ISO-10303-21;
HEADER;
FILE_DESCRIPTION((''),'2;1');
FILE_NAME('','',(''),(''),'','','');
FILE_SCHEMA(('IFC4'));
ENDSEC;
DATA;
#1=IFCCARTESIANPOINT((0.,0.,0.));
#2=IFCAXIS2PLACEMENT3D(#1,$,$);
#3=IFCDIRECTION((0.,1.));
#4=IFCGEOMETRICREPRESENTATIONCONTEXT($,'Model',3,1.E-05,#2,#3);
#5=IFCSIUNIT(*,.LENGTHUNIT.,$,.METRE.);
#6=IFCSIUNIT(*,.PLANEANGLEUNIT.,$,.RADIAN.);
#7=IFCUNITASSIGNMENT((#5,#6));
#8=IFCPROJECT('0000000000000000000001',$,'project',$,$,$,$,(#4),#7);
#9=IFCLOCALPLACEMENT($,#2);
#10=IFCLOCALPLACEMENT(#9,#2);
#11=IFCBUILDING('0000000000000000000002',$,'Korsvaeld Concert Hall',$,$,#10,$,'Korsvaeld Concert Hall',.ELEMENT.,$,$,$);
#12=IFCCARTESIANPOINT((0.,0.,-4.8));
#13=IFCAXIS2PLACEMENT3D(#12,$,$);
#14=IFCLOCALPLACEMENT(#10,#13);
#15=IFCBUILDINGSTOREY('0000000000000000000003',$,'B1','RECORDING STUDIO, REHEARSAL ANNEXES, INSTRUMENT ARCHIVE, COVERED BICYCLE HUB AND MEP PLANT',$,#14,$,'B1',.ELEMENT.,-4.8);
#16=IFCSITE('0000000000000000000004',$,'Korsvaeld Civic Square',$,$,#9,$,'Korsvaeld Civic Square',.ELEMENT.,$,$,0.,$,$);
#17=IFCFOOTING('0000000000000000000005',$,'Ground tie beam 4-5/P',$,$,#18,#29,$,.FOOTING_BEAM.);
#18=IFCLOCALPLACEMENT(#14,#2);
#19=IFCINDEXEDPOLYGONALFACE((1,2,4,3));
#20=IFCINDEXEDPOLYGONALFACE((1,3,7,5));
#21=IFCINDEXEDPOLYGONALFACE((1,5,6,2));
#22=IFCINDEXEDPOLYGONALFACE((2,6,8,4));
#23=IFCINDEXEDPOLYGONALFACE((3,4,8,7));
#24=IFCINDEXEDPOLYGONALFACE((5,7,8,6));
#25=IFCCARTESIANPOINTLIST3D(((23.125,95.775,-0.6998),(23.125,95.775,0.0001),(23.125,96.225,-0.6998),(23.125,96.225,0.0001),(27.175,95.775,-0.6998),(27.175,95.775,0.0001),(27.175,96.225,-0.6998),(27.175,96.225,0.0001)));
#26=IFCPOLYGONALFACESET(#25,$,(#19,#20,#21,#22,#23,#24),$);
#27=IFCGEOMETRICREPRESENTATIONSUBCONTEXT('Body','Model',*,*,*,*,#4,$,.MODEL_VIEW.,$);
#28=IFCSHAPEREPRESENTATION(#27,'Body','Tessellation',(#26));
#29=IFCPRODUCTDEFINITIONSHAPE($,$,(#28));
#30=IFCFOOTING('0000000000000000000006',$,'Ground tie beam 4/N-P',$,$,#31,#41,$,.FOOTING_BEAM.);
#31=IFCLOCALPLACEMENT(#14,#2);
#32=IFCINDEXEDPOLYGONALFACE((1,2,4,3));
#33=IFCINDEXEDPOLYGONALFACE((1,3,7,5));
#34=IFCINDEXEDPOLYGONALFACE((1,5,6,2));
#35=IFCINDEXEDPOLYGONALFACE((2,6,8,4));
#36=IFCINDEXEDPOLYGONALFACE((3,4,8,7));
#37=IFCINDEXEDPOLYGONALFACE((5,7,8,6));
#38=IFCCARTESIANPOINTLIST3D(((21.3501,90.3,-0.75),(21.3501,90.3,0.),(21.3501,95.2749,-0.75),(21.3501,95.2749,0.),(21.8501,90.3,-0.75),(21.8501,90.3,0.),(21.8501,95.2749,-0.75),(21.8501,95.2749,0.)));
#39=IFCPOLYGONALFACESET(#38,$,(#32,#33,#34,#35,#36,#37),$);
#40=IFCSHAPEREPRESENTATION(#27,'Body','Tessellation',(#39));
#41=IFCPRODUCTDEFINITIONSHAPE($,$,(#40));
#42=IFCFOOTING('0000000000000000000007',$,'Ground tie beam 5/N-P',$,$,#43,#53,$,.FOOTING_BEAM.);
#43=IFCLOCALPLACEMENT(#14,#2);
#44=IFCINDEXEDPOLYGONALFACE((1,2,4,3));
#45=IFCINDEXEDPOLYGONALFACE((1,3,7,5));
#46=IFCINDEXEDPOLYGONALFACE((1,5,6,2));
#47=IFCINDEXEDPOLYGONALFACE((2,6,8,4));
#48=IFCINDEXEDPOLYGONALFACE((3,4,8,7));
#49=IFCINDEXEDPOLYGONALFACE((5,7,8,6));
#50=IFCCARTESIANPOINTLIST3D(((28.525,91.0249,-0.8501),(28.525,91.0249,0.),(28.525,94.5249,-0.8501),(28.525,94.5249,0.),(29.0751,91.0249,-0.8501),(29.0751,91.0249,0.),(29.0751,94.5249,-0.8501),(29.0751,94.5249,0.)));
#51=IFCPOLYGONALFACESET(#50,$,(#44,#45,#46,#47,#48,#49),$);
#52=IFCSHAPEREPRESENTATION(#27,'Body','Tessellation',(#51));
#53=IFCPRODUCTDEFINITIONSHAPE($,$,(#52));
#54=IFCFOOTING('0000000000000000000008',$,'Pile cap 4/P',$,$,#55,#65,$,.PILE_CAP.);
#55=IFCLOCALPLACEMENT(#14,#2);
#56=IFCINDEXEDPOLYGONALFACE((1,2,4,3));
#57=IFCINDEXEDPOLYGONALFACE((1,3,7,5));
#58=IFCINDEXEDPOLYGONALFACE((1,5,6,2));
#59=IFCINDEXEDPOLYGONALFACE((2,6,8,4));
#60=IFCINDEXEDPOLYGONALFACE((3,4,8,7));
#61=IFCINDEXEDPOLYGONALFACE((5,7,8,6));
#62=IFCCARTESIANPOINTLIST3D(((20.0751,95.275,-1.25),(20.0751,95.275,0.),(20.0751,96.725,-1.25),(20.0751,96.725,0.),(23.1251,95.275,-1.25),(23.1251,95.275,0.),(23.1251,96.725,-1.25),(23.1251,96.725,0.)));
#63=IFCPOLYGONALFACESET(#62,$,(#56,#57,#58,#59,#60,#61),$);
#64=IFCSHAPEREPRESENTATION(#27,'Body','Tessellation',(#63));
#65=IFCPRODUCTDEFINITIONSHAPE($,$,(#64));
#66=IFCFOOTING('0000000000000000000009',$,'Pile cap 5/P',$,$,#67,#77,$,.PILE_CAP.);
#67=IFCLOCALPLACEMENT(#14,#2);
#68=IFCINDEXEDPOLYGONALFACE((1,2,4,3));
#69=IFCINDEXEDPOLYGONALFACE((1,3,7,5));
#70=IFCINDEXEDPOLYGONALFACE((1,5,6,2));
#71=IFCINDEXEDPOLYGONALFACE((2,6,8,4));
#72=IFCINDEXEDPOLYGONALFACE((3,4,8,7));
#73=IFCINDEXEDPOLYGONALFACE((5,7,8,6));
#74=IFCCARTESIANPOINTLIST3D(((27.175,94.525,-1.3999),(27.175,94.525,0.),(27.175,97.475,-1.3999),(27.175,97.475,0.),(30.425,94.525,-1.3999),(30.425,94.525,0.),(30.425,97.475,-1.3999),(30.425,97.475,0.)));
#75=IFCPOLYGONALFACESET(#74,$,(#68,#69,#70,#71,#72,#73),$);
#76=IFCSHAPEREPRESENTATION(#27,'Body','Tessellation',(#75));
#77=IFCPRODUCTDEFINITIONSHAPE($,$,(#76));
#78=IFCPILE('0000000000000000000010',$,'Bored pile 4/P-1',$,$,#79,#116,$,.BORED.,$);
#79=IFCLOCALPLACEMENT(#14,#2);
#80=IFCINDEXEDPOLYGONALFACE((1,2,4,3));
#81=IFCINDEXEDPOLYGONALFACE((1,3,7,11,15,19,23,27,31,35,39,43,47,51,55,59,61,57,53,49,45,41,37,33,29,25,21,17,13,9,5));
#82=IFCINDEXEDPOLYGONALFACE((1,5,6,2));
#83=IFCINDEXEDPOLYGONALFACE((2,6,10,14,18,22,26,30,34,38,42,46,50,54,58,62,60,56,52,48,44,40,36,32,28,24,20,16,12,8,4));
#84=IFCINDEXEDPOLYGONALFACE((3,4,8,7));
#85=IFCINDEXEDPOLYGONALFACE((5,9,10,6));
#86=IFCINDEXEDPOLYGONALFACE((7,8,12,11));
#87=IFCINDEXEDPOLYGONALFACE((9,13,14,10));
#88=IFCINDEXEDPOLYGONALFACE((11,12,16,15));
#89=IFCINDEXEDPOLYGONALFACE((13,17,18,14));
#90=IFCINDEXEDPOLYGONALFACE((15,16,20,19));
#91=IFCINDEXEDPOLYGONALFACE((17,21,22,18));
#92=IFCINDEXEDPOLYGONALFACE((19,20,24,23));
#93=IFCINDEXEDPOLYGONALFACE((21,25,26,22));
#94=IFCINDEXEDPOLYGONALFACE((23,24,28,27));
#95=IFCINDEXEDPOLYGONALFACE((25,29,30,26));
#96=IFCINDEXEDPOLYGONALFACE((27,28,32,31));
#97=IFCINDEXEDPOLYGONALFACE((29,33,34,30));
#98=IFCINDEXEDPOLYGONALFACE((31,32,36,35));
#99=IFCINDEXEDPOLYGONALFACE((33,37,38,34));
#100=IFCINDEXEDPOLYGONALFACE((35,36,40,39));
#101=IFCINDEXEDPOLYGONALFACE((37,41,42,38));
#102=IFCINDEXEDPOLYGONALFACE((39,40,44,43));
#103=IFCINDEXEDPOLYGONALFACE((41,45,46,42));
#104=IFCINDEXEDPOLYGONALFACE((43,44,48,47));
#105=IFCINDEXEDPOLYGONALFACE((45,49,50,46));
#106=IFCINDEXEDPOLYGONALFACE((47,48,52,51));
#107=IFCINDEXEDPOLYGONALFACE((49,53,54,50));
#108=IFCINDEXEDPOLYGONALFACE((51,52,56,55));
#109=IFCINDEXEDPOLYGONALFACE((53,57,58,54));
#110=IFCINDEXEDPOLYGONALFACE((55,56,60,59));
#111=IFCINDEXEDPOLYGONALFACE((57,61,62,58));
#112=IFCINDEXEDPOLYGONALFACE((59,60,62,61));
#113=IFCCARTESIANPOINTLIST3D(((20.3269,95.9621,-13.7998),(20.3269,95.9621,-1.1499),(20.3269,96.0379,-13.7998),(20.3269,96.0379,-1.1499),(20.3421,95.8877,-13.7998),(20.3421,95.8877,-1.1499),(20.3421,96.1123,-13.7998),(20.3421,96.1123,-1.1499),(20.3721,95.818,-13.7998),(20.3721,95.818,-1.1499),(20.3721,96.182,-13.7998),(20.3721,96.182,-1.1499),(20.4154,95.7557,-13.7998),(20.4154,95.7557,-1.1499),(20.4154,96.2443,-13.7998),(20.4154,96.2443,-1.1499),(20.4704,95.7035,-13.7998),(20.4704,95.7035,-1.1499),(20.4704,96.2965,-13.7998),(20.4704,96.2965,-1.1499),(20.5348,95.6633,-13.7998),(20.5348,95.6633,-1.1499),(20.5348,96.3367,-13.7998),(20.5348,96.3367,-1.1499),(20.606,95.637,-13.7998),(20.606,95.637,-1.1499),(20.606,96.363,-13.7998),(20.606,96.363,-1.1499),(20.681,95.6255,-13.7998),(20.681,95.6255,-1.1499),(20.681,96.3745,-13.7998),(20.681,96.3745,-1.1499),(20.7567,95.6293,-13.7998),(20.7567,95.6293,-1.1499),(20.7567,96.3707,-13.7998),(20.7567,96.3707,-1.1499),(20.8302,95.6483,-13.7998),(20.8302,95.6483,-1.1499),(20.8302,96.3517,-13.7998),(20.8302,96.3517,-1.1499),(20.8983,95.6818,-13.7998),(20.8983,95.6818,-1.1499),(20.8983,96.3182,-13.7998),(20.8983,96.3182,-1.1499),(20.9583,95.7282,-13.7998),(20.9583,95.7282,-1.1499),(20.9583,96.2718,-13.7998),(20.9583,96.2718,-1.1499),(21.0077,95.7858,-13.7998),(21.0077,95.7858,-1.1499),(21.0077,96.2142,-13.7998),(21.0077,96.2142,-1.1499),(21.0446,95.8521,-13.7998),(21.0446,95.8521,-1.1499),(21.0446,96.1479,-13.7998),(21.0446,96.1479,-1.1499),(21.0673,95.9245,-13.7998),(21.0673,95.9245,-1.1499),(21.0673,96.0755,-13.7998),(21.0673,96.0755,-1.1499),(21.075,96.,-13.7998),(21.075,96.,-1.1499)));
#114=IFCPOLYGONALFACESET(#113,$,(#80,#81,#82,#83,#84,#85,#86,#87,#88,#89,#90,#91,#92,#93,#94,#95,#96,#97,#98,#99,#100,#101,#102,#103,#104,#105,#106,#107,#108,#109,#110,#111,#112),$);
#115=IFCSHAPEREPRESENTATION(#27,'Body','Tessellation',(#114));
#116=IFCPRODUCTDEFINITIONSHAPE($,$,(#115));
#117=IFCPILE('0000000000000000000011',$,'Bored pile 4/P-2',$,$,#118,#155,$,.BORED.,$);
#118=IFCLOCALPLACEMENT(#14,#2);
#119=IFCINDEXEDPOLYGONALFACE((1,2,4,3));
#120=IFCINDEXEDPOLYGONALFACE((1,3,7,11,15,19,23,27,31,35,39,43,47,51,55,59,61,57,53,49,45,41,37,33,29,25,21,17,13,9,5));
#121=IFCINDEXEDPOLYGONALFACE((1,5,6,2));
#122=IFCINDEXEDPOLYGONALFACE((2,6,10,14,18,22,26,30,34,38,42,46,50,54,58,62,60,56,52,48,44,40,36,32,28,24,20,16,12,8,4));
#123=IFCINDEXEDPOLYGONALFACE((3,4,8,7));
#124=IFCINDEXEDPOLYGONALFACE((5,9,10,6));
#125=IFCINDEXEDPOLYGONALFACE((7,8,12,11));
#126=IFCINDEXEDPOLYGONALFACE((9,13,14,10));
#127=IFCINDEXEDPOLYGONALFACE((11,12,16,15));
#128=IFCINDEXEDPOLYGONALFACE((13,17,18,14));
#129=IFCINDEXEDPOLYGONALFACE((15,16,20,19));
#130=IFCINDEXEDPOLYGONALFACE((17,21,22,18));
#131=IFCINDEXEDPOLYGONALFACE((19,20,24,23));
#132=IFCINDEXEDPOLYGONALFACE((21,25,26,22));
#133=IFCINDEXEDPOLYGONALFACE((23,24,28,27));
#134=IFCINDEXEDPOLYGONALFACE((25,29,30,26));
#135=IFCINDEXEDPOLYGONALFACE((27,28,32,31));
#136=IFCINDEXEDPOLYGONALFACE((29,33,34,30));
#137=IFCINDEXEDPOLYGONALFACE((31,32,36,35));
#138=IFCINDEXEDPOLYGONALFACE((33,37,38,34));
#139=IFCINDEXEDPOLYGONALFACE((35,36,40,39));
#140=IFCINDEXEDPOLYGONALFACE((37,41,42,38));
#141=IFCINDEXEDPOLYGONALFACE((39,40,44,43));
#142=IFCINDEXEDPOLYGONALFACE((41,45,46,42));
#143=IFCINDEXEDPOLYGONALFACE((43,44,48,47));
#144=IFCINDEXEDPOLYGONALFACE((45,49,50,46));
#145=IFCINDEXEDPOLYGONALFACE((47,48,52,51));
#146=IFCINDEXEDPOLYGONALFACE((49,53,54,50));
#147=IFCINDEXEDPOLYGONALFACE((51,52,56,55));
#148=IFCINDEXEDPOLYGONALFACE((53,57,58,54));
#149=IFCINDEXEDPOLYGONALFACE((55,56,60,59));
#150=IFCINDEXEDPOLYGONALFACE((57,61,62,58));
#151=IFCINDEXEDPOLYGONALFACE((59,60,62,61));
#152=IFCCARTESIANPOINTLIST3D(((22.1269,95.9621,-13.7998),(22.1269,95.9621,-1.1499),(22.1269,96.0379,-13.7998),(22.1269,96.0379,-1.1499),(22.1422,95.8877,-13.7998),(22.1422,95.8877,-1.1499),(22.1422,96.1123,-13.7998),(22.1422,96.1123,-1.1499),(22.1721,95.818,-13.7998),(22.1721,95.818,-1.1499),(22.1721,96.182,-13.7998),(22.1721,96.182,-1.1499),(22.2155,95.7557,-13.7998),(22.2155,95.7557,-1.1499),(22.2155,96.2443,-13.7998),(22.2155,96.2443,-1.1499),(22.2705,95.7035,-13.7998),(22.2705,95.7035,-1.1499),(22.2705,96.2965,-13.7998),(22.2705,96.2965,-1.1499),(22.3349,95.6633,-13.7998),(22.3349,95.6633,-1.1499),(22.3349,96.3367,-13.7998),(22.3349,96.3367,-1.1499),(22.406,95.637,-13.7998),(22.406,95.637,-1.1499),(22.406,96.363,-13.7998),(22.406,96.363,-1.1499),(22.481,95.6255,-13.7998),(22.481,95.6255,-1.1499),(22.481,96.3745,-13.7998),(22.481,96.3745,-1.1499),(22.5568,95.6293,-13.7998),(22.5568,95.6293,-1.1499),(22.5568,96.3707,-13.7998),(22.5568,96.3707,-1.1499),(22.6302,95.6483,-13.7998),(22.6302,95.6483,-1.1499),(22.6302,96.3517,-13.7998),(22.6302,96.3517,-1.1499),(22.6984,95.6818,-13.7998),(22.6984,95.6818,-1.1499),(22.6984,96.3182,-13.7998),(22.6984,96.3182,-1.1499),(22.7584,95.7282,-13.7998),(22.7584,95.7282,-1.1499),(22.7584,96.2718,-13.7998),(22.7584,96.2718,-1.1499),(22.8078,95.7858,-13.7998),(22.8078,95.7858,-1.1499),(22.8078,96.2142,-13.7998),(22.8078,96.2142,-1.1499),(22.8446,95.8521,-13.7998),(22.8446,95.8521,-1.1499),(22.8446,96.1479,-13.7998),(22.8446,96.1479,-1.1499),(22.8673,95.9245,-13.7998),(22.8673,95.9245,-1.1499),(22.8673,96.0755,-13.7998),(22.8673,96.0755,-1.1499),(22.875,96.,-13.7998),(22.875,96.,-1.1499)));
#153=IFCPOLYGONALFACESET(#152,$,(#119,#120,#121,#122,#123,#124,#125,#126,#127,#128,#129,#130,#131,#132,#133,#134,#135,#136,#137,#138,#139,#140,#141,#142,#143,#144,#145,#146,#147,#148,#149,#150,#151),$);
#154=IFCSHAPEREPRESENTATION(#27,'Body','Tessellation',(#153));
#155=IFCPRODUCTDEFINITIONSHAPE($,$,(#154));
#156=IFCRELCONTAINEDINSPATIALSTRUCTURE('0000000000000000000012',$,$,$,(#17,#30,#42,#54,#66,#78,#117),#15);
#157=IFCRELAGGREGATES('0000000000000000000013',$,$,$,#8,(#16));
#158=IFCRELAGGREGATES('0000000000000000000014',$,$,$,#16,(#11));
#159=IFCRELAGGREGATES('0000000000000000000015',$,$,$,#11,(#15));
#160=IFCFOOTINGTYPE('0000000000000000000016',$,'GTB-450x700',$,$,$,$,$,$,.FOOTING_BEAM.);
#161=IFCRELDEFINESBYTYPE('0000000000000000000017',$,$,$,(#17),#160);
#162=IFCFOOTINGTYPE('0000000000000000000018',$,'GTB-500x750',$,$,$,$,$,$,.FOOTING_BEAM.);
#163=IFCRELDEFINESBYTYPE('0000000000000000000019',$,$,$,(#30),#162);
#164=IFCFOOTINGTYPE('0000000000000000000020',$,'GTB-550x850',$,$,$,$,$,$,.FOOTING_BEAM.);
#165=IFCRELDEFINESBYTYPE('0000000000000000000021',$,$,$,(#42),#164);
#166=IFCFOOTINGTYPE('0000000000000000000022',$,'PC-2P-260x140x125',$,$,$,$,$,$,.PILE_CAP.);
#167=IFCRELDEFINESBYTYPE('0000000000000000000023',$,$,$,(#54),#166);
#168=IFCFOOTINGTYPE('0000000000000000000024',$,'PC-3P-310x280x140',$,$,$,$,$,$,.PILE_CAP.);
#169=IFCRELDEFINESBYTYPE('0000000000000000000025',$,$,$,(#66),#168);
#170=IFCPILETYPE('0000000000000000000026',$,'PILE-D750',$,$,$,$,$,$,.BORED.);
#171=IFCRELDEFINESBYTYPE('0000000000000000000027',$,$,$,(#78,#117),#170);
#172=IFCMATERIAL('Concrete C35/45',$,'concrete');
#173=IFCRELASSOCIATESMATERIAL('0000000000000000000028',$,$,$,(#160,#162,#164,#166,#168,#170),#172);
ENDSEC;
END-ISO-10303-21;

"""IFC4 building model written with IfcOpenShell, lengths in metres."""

from ifc_helpers import new_model, si_unit, direction, frame, origin, origin_2d, place, context, subcontext, project, spatial, rectangle, circle, extrude, material, material_profile, profile_set, type_object, element, save


model = new_model("IFC4")

# Units and contexts
model_context = context("Model", 3, precision=1e-05, world=origin(), true_north=direction((0.0, 1.0)))
body_context = subcontext(model_context, "Body", "Model", "MODEL_VIEW")
ifc_project = project(units=[si_unit("LENGTHUNIT", "METRE"), si_unit("PLANEANGLEUNIT", "RADIAN")], contexts=[model_context])

# Site, building, storey
site_placement = place(None, origin())
site = spatial("IfcSite", under=ifc_project, at=site_placement, Name="Korsvaeld Civic Square", LongName="Korsvaeld Civic Square", CompositionType="ELEMENT", RefElevation=0.0)
building_placement = place(site_placement, origin())
building = spatial("IfcBuilding", under=site, at=building_placement, Name="Korsvaeld Concert Hall", LongName="Korsvaeld Concert Hall", CompositionType="ELEMENT")
storey_placement = place(building_placement, frame((0.0, 0.0, -4.8)))
storey = spatial("IfcBuildingStorey", under=building, at=storey_placement, Name="B1", Description="RECORDING STUDIO, REHEARSAL ANNEXES, INSTRUMENT ARCHIVE, COVERED BICYCLE HUB AND MEP PLANT", LongName="B1", CompositionType="ELEMENT", Elevation=-4.8)

# Footings
ifc_material_1 = material(Name="Concrete C35/45", Category="concrete")
ifc_material_profile_1 = material_profile(ifc_material_1, rectangle(XDim=0.45, YDim=0.7, at=origin_2d()), Name="GTB 450x700")
ifc_profile_set_1 = profile_set([ifc_material_profile_1], Name="Concrete C35/45")
footing_type_1 = type_object("IfcFootingType", Name="GTB-450x700", PredefinedType="FOOTING_BEAM", material=ifc_profile_set_1)
footing_1_placement = place(storey_placement, frame((23.125, 96.0, -0.3499), z_axis=(1.0, 0.0, 0.0), x_axis=(0.0, 1.0, 0.0)))
element("IfcFooting", 1, at=footing_1_placement, inside=storey, type_object=footing_type_1, Name="Ground tie beam 4-5/P", PredefinedType="FOOTING_BEAM", context=body_context, shape_type="SweptSolid", body=[
    extrude(rectangle(XDim=0.45, YDim=0.7, at=origin_2d()), origin(), (0.0, 0.0, 1.0), 4.05),
])
ifc_material_profile_2 = material_profile(ifc_material_1, rectangle(XDim=0.5, YDim=0.75, at=origin_2d()), Name="GTB 500x750")
ifc_profile_set_2 = profile_set([ifc_material_profile_2], Name="Concrete C35/45")
footing_type_2 = type_object("IfcFootingType", Name="GTB-500x750", PredefinedType="FOOTING_BEAM", material=ifc_profile_set_2)
footing_2_placement = place(storey_placement, frame((21.6001, 90.3, -0.375), z_axis=(0.0, 1.0, 0.0), x_axis=(-1.0, 0.0, 0.0)))
element("IfcFooting", 2, at=footing_2_placement, inside=storey, type_object=footing_type_2, Name="Ground tie beam 4/N-P", PredefinedType="FOOTING_BEAM", context=body_context, shape_type="SweptSolid", body=[
    extrude(rectangle(XDim=0.5, YDim=0.75, at=origin_2d()), origin(), (0.0, 0.0, 1.0), 4.9749),
])
ifc_material_profile_3 = material_profile(ifc_material_1, rectangle(XDim=0.55, YDim=0.8501, at=origin_2d()), Name="GTB 550x850")
ifc_profile_set_3 = profile_set([ifc_material_profile_3], Name="Concrete C35/45")
footing_type_3 = type_object("IfcFootingType", Name="GTB-550x850", PredefinedType="FOOTING_BEAM", material=ifc_profile_set_3)
footing_3_placement = place(storey_placement, frame((28.8, 91.0249, -0.425), z_axis=(0.0, 1.0, 0.0), x_axis=(-1.0, 0.0, 0.0)))
element("IfcFooting", 3, at=footing_3_placement, inside=storey, type_object=footing_type_3, Name="Ground tie beam 5/N-P", PredefinedType="FOOTING_BEAM", context=body_context, shape_type="SweptSolid", body=[
    extrude(rectangle(XDim=0.55, YDim=0.8501, at=origin_2d()), origin(), (0.0, 0.0, 1.0), 3.5),
])
footing_type_4 = type_object("IfcFootingType", Name="PC-2P-260x140x125", PredefinedType="PILE_CAP", material=ifc_material_1)
footing_4_placement = place(storey_placement, frame((21.6001, 96.0, -1.25), z_axis=(0.0, 0.0, 1.0), x_axis=(1.0, 0.0, 0.0)))
element("IfcFooting", 4, at=footing_4_placement, inside=storey, type_object=footing_type_4, Name="Pile cap 4/P", PredefinedType="PILE_CAP", context=body_context, shape_type="SweptSolid", body=[
    extrude(rectangle(XDim=3.05, YDim=1.45, at=origin_2d()), origin(), (0.0, 0.0, 1.0), 1.25),
])
footing_type_5 = type_object("IfcFootingType", Name="PC-3P-310x280x140", PredefinedType="PILE_CAP", material=ifc_material_1)
footing_5_placement = place(storey_placement, frame((28.8, 96.0, -1.3999), z_axis=(0.0, 0.0, 1.0), x_axis=(1.0, 0.0, 0.0)))
element("IfcFooting", 5, at=footing_5_placement, inside=storey, type_object=footing_type_5, Name="Pile cap 5/P", PredefinedType="PILE_CAP", context=body_context, shape_type="SweptSolid", body=[
    extrude(rectangle(XDim=3.25, YDim=2.95, at=origin_2d()), origin(), (0.0, 0.0, 1.0), 1.3999),
])

# Piles
ifc_material_profile_4 = material_profile(ifc_material_1, circle(Radius=0.375, at=origin_2d()), Name="BORED PILE D750")
ifc_profile_set_4 = profile_set([ifc_material_profile_4], Name="Concrete C35/45")
pile_type_1 = type_object("IfcPileType", Name="PILE-D750", PredefinedType="BORED", material=ifc_profile_set_4)
for number, where, z_axis, x_axis, name in (
    (6, (20.7, 96.0, -1.1499), (0.0, 0.0, -1.0), (1.0, 0.0, 0.0), "Bored pile 4/P-1"),
    (7, (22.5, 96.0, -1.1499), (0.0, 0.0, -1.0), (1.0, 0.0, 0.0), "Bored pile 4/P-2"),
):
    element("IfcPile", number, at=place(storey_placement, frame(where, z_axis=z_axis, x_axis=x_axis)), inside=storey, type_object=pile_type_1, Name=name, PredefinedType="BORED", context=body_context, shape_type="SweptSolid", body=[
        extrude(circle(Radius=0.375, at=origin_2d()), origin(), (0.0, 0.0, 1.0), 12.6499),
    ])

save(model, "model.ifc")
